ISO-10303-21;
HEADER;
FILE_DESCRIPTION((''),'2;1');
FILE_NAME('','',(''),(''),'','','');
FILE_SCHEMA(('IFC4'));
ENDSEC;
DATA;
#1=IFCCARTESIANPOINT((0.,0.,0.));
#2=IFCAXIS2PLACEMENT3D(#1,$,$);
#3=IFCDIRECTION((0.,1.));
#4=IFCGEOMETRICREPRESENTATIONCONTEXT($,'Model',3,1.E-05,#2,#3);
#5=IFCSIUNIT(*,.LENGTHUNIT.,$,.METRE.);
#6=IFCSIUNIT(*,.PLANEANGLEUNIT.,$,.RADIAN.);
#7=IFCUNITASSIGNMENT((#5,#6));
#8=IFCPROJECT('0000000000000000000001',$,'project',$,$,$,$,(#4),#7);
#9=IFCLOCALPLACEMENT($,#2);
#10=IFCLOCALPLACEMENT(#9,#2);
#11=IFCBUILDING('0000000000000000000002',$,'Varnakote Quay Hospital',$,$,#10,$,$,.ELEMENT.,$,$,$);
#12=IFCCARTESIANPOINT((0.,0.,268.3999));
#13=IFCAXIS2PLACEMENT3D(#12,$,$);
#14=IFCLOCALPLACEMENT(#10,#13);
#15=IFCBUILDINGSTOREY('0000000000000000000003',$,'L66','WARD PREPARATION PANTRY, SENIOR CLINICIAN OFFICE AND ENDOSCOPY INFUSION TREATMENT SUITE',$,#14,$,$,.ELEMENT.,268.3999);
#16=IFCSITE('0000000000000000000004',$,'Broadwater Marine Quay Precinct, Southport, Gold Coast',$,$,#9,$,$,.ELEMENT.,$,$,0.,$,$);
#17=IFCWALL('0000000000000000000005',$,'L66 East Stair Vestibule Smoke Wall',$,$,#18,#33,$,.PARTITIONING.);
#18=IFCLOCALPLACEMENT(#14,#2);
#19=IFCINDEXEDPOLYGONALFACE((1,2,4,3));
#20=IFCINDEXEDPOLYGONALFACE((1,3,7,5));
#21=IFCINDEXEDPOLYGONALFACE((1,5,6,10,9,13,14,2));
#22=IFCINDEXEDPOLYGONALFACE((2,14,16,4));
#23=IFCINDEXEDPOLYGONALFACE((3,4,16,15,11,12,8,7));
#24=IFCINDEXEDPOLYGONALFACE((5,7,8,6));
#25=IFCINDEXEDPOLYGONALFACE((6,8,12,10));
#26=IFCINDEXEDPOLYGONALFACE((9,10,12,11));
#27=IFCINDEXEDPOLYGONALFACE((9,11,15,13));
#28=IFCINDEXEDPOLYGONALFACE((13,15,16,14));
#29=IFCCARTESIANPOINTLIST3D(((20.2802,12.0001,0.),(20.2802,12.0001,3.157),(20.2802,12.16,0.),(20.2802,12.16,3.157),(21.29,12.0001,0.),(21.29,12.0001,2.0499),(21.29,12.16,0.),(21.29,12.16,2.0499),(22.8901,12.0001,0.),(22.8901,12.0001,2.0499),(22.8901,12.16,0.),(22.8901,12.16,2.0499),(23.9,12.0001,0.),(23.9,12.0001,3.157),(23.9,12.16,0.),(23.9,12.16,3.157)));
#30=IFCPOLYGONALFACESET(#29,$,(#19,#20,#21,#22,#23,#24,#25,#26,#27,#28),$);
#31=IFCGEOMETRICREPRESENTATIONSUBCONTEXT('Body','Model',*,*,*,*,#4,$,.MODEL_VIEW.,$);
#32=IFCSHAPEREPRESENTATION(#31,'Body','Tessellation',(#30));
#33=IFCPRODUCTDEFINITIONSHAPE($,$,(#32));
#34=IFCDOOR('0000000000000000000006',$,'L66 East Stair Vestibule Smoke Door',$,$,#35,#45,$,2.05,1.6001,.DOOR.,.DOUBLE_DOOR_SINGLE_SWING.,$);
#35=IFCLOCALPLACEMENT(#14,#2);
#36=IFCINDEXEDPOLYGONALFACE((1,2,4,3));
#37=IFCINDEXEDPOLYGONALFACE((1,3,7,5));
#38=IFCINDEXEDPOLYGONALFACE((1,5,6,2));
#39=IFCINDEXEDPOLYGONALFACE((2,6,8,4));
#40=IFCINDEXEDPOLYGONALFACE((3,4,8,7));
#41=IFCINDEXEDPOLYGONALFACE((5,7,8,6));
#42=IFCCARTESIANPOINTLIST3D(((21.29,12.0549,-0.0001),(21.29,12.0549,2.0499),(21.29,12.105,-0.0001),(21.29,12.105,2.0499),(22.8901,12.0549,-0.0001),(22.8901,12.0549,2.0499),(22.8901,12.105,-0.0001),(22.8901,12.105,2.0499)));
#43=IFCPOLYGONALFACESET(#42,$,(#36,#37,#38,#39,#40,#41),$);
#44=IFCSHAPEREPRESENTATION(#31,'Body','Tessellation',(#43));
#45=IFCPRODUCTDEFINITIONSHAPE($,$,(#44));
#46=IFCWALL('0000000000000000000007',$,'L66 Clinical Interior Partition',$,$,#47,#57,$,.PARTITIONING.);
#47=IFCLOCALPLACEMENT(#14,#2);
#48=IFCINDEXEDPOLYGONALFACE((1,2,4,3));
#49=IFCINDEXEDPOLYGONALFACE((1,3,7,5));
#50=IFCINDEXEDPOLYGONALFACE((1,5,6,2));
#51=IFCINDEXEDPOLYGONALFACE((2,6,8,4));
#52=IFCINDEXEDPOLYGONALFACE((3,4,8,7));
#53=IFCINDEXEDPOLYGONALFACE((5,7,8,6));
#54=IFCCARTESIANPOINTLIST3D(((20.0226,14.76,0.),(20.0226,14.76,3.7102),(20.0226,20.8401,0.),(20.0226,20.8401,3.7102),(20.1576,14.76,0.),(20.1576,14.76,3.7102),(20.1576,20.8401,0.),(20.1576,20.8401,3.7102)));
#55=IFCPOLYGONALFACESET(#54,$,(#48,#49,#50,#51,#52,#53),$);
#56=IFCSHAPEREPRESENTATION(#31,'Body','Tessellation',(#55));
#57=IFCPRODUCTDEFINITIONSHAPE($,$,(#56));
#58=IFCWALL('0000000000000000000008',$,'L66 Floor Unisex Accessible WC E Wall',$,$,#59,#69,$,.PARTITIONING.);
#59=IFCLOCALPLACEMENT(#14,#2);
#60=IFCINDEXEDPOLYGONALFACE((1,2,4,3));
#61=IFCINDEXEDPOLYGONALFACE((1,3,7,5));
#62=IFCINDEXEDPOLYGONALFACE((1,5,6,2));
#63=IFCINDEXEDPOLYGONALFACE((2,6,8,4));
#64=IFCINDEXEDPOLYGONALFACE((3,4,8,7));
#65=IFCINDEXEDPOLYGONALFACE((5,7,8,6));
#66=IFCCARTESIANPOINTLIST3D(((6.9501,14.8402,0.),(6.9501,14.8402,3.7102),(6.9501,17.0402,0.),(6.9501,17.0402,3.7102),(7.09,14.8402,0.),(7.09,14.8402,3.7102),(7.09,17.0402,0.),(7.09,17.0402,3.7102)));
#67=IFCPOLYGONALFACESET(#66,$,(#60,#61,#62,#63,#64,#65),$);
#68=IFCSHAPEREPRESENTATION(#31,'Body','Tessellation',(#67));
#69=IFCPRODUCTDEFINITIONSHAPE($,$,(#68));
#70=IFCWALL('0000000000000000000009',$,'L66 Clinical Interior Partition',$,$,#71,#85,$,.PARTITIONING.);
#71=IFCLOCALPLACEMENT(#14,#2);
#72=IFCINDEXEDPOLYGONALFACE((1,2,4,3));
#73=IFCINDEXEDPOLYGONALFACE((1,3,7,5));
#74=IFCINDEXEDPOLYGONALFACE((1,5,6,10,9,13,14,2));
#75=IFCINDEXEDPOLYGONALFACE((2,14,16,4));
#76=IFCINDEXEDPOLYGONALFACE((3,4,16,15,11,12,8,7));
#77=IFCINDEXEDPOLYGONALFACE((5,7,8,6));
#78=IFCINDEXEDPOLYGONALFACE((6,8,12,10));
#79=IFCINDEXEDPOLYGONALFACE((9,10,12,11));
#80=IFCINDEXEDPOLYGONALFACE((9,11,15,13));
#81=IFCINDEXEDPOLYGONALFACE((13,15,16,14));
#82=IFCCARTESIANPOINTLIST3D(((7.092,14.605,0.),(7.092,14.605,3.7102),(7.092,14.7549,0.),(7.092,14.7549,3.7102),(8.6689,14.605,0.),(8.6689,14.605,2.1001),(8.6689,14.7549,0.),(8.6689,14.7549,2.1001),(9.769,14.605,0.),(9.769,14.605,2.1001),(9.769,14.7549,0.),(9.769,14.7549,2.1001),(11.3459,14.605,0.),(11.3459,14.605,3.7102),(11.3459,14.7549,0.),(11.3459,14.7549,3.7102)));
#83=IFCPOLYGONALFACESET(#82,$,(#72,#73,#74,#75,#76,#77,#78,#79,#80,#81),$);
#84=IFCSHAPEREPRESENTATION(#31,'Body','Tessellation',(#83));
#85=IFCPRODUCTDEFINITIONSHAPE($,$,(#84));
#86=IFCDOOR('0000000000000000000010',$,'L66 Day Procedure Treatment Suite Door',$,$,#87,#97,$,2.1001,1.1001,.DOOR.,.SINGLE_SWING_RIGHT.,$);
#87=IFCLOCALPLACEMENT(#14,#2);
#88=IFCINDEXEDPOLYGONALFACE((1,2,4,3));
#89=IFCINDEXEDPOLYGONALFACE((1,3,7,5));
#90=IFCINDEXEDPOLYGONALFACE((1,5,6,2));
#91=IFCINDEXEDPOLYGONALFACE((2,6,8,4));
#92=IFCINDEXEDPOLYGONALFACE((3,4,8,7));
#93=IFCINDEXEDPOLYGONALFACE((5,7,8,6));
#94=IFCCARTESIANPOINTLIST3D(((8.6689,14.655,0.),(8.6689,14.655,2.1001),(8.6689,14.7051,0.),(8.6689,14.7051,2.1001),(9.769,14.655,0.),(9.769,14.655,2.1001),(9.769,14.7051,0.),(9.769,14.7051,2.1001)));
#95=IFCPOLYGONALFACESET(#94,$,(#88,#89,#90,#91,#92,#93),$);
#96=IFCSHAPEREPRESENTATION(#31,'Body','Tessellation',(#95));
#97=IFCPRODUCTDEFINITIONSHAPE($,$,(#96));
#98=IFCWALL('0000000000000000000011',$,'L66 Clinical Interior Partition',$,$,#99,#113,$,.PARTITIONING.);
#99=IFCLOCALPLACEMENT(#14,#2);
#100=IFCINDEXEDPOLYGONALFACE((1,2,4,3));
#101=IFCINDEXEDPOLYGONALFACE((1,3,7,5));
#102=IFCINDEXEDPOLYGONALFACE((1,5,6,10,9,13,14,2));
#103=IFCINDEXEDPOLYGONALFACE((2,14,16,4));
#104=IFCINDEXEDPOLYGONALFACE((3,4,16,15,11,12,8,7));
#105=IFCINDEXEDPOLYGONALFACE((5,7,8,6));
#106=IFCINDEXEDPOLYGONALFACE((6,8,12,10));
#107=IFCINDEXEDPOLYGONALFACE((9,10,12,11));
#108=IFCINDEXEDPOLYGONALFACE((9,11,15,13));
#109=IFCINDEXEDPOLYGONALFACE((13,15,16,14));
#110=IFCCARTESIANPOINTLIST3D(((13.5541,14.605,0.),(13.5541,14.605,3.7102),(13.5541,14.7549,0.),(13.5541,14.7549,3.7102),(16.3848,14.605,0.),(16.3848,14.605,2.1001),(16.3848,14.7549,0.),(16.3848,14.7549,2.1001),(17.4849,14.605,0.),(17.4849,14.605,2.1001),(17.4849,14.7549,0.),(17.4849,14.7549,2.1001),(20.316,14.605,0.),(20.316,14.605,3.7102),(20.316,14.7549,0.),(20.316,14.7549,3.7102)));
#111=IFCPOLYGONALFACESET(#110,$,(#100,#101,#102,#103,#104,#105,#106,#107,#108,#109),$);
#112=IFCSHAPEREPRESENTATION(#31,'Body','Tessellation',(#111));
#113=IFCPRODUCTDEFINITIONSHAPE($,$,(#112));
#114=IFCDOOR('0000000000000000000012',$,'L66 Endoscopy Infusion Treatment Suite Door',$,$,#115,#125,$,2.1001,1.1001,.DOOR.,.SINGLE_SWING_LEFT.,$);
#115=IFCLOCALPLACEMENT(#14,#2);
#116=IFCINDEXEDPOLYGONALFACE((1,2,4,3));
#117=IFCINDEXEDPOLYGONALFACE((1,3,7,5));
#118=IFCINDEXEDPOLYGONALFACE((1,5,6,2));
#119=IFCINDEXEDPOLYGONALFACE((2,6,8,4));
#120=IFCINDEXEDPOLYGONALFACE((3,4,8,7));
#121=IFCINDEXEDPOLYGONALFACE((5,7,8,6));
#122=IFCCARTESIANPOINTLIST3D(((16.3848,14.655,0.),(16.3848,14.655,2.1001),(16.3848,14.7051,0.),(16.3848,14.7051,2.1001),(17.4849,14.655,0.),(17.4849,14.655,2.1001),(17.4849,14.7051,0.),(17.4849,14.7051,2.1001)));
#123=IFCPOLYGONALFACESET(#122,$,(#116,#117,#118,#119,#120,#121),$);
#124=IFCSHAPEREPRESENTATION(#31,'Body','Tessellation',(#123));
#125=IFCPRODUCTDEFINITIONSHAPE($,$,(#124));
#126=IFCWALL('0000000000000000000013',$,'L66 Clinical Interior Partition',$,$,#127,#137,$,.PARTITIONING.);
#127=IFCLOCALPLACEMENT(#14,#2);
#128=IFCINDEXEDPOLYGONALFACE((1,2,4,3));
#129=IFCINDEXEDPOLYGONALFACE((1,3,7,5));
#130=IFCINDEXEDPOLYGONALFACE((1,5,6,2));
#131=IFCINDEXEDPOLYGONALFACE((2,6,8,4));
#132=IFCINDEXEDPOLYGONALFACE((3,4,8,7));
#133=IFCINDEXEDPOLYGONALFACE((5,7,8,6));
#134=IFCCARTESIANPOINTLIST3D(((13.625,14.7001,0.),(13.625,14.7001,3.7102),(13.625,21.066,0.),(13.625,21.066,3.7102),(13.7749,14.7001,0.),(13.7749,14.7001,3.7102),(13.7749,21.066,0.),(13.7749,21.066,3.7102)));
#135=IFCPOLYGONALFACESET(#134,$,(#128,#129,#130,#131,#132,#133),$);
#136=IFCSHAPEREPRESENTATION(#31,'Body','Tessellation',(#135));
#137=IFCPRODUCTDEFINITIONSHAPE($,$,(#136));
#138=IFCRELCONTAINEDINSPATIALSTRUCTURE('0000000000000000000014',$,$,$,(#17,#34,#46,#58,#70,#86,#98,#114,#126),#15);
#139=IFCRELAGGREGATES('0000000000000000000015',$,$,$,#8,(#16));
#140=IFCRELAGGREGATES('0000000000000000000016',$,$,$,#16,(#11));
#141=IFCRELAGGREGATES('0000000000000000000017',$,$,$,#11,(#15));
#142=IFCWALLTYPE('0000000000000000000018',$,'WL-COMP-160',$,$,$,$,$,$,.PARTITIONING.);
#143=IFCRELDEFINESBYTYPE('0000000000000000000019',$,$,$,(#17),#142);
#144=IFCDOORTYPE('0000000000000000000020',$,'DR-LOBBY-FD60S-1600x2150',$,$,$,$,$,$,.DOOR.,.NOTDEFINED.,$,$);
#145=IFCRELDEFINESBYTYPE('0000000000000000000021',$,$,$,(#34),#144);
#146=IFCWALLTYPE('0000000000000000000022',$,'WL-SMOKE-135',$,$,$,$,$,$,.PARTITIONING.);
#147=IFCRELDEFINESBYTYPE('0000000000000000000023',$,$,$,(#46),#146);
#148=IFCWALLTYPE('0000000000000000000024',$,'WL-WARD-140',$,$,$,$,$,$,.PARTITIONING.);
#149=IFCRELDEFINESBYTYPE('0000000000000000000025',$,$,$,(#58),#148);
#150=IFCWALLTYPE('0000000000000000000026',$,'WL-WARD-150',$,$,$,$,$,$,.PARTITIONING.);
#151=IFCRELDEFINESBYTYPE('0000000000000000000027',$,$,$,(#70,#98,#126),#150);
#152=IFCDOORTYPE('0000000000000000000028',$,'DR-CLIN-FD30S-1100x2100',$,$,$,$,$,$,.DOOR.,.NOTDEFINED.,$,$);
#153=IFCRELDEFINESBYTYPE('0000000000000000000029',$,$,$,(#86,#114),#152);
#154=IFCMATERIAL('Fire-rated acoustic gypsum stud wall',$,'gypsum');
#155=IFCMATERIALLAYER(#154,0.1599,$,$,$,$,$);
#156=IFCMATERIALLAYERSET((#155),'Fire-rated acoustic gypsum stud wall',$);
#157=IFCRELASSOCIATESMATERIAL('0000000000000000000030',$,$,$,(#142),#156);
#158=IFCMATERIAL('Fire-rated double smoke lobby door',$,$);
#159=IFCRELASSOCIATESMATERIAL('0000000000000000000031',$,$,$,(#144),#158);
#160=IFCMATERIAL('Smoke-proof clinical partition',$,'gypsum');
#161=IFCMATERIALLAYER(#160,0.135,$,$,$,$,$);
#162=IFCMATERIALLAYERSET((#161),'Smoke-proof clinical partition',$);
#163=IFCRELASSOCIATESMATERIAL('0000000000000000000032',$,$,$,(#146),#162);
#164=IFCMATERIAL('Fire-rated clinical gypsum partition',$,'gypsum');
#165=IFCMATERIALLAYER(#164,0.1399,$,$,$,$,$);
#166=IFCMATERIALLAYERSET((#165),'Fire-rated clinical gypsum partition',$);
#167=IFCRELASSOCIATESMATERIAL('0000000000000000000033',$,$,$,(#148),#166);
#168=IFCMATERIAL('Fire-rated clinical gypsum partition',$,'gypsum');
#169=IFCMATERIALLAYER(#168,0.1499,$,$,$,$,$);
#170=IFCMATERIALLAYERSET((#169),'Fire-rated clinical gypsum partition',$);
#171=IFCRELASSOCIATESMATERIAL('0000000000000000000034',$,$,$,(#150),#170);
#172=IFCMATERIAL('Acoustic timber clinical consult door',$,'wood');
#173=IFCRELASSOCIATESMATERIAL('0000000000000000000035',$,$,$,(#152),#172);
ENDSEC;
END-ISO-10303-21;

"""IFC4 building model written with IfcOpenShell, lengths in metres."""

from ifc_helpers import new_model, si_unit, direction, frame, frame_2d, origin, place, context, subcontext, project, spatial, rectangle, extrude, material, layer, layer_set, type_object, element, fill, save


model = new_model("IFC4")

# Units and contexts
model_context = context("Model", 3, precision=1e-05, world=origin(), true_north=direction((0.0, 1.0)))
body_context = subcontext(model_context, "Body", "Model", "MODEL_VIEW")
ifc_project = project(units=[si_unit("LENGTHUNIT", "METRE"), si_unit("PLANEANGLEUNIT", "RADIAN")], contexts=[model_context])

# Site, building, storey
site_placement = place(None, origin())
site = spatial("IfcSite", under=ifc_project, at=site_placement, Name="Broadwater Marine Quay Precinct, Southport, Gold Coast", CompositionType="ELEMENT", RefElevation=0.0)
building_placement = place(site_placement, origin())
building = spatial("IfcBuilding", under=site, at=building_placement, Name="Varnakote Quay Hospital", CompositionType="ELEMENT")
storey_placement = place(building_placement, frame((0.0, 0.0, 268.3999)))
storey = spatial("IfcBuildingStorey", under=building, at=storey_placement, Name="L66", Description="WARD PREPARATION PANTRY, SENIOR CLINICIAN OFFICE AND ENDOSCOPY INFUSION TREATMENT SUITE", CompositionType="ELEMENT", Elevation=268.3999)

# Wall, opening, door
ifc_material_1 = material(Name="Fire-rated acoustic gypsum stud wall", Category="gypsum")
ifc_layer_1 = layer(ifc_material_1, 0.1599)
ifc_layer_set_1 = layer_set([ifc_layer_1], Name="Fire-rated acoustic gypsum stud wall")
wall_type_1 = type_object("IfcWallType", Name="WL-COMP-160", PredefinedType="PARTITIONING", material=ifc_layer_set_1)
ifc_material_2 = material(Name="Fire-rated double smoke lobby door")
door_type_1 = type_object("IfcDoorType", Name="DR-LOBBY-FD60S-1600x2150", OperationType="NOTDEFINED", PredefinedType="DOOR", material=ifc_material_2)
wall_1_placement = place(storey_placement, frame((20.28, 12.0801, 0.0), z_axis=(0.0, 0.0, 1.0), x_axis=(1.0, 0.0, 0.0)))
wall_1 = element("IfcWall", 1, at=wall_1_placement, inside=storey, type_object=wall_type_1, Name="L66 East Stair Vestibule Smoke Wall", PredefinedType="PARTITIONING", context=body_context, shape_type="SweptSolid", body=[
    extrude(rectangle(XDim=3.6199, YDim=0.1599, at=frame_2d((1.8101, 0.0))), origin(), (0.0, 0.0, 1.0), 3.157),
])
opening_1_placement = place(wall_1_placement, frame((1.01, 0.0, 0.0)))
opening_1 = element("IfcOpeningElement", 2, at=opening_1_placement, cuts=wall_1, PredefinedType="OPENING", context=body_context, shape_type="SweptSolid", body=[
    extrude(rectangle(XDim=1.6001, YDim=2.05, at=frame_2d((0.8, 1.0249))), frame((0.0, 0.0898, 0.0), z_axis=(0.0, -1.0, 0.0), x_axis=(1.0, 0.0, 0.0)), (0.0, 0.0, 1.0), 0.1799),
])
door_1_placement = place(opening_1_placement, origin())
door_1 = element("IfcDoor", 3, at=door_1_placement, inside=storey, type_object=door_type_1, Name="L66 East Stair Vestibule Smoke Door", OperationType="DOUBLE_DOOR_SINGLE_SWING", OverallHeight=2.05, OverallWidth=1.6001, PredefinedType="DOOR", context=body_context, shape_type="SweptSolid", body=[
    extrude(rectangle(XDim=1.6001, YDim=2.05, at=frame_2d((0.8, 1.0249))), frame((0.0, 0.0249, 0.0), z_axis=(0.0, -1.0, 0.0), x_axis=(1.0, 0.0, 0.0)), (0.0, 0.0, 1.0), 0.05),
])
fill(opening_1, door_1)

# Walls
ifc_material_3 = material(Name="Smoke-proof clinical partition", Category="gypsum")
ifc_layer_2 = layer(ifc_material_3, 0.135)
ifc_layer_set_2 = layer_set([ifc_layer_2], Name="Smoke-proof clinical partition")
wall_type_2 = type_object("IfcWallType", Name="WL-SMOKE-135", PredefinedType="PARTITIONING", material=ifc_layer_set_2)
wall_2_placement = place(storey_placement, frame((20.0901, 14.76, 0.0), z_axis=(0.0, 0.0, 1.0), x_axis=(0.0, 1.0, 0.0)))
element("IfcWall", 4, at=wall_2_placement, inside=storey, type_object=wall_type_2, Name="L66 Clinical Interior Partition", PredefinedType="PARTITIONING", context=body_context, shape_type="SweptSolid", body=[
    extrude(rectangle(XDim=6.0801, YDim=0.135, at=frame_2d((3.04, 0.0))), origin(), (0.0, 0.0, 1.0), 3.7102),
])
ifc_material_4 = material(Name="Fire-rated clinical gypsum partition", Category="gypsum")
ifc_layer_3 = layer(ifc_material_4, 0.1399)
ifc_layer_set_3 = layer_set([ifc_layer_3], Name="Fire-rated clinical gypsum partition")
wall_type_3 = type_object("IfcWallType", Name="WL-WARD-140", PredefinedType="PARTITIONING", material=ifc_layer_set_3)
wall_3_placement = place(storey_placement, frame((7.02, 14.8401, 0.0), z_axis=(0.0, 0.0, 1.0), x_axis=(0.0, 1.0, 0.0)))
element("IfcWall", 5, at=wall_3_placement, inside=storey, type_object=wall_type_3, Name="L66 Floor Unisex Accessible WC E Wall", PredefinedType="PARTITIONING", context=body_context, shape_type="SweptSolid", body=[
    extrude(rectangle(XDim=2.2, YDim=0.1399, at=frame_2d((1.1001, 0.0))), origin(), (0.0, 0.0, 1.0), 3.7102),
])

# Walls, openings, doors
ifc_material_5 = material(Name="Fire-rated clinical gypsum partition", Category="gypsum")
ifc_layer_4 = layer(ifc_material_5, 0.1499)
ifc_layer_set_4 = layer_set([ifc_layer_4], Name="Fire-rated clinical gypsum partition")
wall_type_4 = type_object("IfcWallType", Name="WL-WARD-150", PredefinedType="PARTITIONING", material=ifc_layer_set_4)
wall_4_placement = place(storey_placement, frame((11.3459, 14.6799, 0.0), z_axis=(0.0, 0.0, 1.0), x_axis=(-1.0, 0.0, 0.0)))
wall_4 = element("IfcWall", 6, at=wall_4_placement, inside=storey, type_object=wall_type_4, Name="L66 Clinical Interior Partition", PredefinedType="PARTITIONING", context=body_context, shape_type="SweptSolid", body=[
    extrude(rectangle(XDim=4.2539, YDim=0.1499, at=frame_2d((2.127, 0.0))), origin(), (0.0, 0.0, 1.0), 3.7102),
])
opening_2_placement = place(wall_4_placement, frame((1.5769, 0.0, 0.0)))
opening_2 = element("IfcOpeningElement", 7, at=opening_2_placement, cuts=wall_4, PredefinedType="OPENING", context=body_context, shape_type="SweptSolid", body=[
    extrude(rectangle(XDim=1.1001, YDim=2.1001, at=frame_2d((0.55, 1.05))), frame((0.0, 0.085, 0.0), z_axis=(0.0, -1.0, 0.0), x_axis=(1.0, 0.0, 0.0)), (0.0, 0.0, 1.0), 0.1699),
])
ifc_material_6 = material(Name="Acoustic timber clinical consult door", Category="wood")
door_type_2 = type_object("IfcDoorType", Name="DR-CLIN-FD30S-1100x2100", OperationType="NOTDEFINED", PredefinedType="DOOR", material=ifc_material_6)
door_2_placement = place(opening_2_placement, origin())
door_2 = element("IfcDoor", 8, at=door_2_placement, inside=storey, type_object=door_type_2, Name="L66 Day Procedure Treatment Suite Door", OperationType="SINGLE_SWING_RIGHT", OverallHeight=2.1001, OverallWidth=1.1001, PredefinedType="DOOR", context=body_context, shape_type="SweptSolid", body=[
    extrude(rectangle(XDim=1.1001, YDim=2.1001, at=frame_2d((0.55, 1.05))), frame((0.0, 0.0249, 0.0), z_axis=(0.0, -1.0, 0.0), x_axis=(1.0, 0.0, 0.0)), (0.0, 0.0, 1.0), 0.05),
])
fill(opening_2, door_2)
wall_5_placement = place(storey_placement, frame((20.3159, 14.6799, 0.0), z_axis=(0.0, 0.0, 1.0), x_axis=(-1.0, 0.0, 0.0)))
wall_5 = element("IfcWall", 9, at=wall_5_placement, inside=storey, type_object=wall_type_4, Name="L66 Clinical Interior Partition", PredefinedType="PARTITIONING", context=body_context, shape_type="SweptSolid", body=[
    extrude(rectangle(XDim=6.762, YDim=0.1499, at=frame_2d((3.3809, 0.0))), origin(), (0.0, 0.0, 1.0), 3.7102),
])
opening_3_placement = place(wall_5_placement, frame((2.8311, 0.0, 0.0)))
opening_3 = element("IfcOpeningElement", 10, at=opening_3_placement, cuts=wall_5, PredefinedType="OPENING", context=body_context, shape_type="SweptSolid", body=[
    extrude(rectangle(XDim=1.1001, YDim=2.1001, at=frame_2d((0.55, 1.05))), frame((0.0, 0.085, 0.0), z_axis=(0.0, -1.0, 0.0), x_axis=(1.0, 0.0, 0.0)), (0.0, 0.0, 1.0), 0.1699),
])
door_3_placement = place(opening_3_placement, origin())
door_3 = element("IfcDoor", 11, at=door_3_placement, inside=storey, type_object=door_type_2, Name="L66 Endoscopy Infusion Treatment Suite Door", OperationType="SINGLE_SWING_LEFT", OverallHeight=2.1001, OverallWidth=1.1001, PredefinedType="DOOR", context=body_context, shape_type="SweptSolid", body=[
    extrude(rectangle(XDim=1.1001, YDim=2.1001, at=frame_2d((0.55, 1.05))), frame((0.0, 0.0249, 0.0), z_axis=(0.0, -1.0, 0.0), x_axis=(1.0, 0.0, 0.0)), (0.0, 0.0, 1.0), 0.05),
])
fill(opening_3, door_3)

# Wall
wall_6_placement = place(storey_placement, frame((13.7, 14.7, 0.0), z_axis=(0.0, 0.0, 1.0), x_axis=(0.0, 1.0, 0.0)))
element("IfcWall", 12, at=wall_6_placement, inside=storey, type_object=wall_type_4, Name="L66 Clinical Interior Partition", PredefinedType="PARTITIONING", context=body_context, shape_type="SweptSolid", body=[
    extrude(rectangle(XDim=6.366, YDim=0.1499, at=frame_2d((3.1831, 0.0))), origin(), (0.0, 0.0, 1.0), 3.7102),
])

save(model, "model.ifc")
